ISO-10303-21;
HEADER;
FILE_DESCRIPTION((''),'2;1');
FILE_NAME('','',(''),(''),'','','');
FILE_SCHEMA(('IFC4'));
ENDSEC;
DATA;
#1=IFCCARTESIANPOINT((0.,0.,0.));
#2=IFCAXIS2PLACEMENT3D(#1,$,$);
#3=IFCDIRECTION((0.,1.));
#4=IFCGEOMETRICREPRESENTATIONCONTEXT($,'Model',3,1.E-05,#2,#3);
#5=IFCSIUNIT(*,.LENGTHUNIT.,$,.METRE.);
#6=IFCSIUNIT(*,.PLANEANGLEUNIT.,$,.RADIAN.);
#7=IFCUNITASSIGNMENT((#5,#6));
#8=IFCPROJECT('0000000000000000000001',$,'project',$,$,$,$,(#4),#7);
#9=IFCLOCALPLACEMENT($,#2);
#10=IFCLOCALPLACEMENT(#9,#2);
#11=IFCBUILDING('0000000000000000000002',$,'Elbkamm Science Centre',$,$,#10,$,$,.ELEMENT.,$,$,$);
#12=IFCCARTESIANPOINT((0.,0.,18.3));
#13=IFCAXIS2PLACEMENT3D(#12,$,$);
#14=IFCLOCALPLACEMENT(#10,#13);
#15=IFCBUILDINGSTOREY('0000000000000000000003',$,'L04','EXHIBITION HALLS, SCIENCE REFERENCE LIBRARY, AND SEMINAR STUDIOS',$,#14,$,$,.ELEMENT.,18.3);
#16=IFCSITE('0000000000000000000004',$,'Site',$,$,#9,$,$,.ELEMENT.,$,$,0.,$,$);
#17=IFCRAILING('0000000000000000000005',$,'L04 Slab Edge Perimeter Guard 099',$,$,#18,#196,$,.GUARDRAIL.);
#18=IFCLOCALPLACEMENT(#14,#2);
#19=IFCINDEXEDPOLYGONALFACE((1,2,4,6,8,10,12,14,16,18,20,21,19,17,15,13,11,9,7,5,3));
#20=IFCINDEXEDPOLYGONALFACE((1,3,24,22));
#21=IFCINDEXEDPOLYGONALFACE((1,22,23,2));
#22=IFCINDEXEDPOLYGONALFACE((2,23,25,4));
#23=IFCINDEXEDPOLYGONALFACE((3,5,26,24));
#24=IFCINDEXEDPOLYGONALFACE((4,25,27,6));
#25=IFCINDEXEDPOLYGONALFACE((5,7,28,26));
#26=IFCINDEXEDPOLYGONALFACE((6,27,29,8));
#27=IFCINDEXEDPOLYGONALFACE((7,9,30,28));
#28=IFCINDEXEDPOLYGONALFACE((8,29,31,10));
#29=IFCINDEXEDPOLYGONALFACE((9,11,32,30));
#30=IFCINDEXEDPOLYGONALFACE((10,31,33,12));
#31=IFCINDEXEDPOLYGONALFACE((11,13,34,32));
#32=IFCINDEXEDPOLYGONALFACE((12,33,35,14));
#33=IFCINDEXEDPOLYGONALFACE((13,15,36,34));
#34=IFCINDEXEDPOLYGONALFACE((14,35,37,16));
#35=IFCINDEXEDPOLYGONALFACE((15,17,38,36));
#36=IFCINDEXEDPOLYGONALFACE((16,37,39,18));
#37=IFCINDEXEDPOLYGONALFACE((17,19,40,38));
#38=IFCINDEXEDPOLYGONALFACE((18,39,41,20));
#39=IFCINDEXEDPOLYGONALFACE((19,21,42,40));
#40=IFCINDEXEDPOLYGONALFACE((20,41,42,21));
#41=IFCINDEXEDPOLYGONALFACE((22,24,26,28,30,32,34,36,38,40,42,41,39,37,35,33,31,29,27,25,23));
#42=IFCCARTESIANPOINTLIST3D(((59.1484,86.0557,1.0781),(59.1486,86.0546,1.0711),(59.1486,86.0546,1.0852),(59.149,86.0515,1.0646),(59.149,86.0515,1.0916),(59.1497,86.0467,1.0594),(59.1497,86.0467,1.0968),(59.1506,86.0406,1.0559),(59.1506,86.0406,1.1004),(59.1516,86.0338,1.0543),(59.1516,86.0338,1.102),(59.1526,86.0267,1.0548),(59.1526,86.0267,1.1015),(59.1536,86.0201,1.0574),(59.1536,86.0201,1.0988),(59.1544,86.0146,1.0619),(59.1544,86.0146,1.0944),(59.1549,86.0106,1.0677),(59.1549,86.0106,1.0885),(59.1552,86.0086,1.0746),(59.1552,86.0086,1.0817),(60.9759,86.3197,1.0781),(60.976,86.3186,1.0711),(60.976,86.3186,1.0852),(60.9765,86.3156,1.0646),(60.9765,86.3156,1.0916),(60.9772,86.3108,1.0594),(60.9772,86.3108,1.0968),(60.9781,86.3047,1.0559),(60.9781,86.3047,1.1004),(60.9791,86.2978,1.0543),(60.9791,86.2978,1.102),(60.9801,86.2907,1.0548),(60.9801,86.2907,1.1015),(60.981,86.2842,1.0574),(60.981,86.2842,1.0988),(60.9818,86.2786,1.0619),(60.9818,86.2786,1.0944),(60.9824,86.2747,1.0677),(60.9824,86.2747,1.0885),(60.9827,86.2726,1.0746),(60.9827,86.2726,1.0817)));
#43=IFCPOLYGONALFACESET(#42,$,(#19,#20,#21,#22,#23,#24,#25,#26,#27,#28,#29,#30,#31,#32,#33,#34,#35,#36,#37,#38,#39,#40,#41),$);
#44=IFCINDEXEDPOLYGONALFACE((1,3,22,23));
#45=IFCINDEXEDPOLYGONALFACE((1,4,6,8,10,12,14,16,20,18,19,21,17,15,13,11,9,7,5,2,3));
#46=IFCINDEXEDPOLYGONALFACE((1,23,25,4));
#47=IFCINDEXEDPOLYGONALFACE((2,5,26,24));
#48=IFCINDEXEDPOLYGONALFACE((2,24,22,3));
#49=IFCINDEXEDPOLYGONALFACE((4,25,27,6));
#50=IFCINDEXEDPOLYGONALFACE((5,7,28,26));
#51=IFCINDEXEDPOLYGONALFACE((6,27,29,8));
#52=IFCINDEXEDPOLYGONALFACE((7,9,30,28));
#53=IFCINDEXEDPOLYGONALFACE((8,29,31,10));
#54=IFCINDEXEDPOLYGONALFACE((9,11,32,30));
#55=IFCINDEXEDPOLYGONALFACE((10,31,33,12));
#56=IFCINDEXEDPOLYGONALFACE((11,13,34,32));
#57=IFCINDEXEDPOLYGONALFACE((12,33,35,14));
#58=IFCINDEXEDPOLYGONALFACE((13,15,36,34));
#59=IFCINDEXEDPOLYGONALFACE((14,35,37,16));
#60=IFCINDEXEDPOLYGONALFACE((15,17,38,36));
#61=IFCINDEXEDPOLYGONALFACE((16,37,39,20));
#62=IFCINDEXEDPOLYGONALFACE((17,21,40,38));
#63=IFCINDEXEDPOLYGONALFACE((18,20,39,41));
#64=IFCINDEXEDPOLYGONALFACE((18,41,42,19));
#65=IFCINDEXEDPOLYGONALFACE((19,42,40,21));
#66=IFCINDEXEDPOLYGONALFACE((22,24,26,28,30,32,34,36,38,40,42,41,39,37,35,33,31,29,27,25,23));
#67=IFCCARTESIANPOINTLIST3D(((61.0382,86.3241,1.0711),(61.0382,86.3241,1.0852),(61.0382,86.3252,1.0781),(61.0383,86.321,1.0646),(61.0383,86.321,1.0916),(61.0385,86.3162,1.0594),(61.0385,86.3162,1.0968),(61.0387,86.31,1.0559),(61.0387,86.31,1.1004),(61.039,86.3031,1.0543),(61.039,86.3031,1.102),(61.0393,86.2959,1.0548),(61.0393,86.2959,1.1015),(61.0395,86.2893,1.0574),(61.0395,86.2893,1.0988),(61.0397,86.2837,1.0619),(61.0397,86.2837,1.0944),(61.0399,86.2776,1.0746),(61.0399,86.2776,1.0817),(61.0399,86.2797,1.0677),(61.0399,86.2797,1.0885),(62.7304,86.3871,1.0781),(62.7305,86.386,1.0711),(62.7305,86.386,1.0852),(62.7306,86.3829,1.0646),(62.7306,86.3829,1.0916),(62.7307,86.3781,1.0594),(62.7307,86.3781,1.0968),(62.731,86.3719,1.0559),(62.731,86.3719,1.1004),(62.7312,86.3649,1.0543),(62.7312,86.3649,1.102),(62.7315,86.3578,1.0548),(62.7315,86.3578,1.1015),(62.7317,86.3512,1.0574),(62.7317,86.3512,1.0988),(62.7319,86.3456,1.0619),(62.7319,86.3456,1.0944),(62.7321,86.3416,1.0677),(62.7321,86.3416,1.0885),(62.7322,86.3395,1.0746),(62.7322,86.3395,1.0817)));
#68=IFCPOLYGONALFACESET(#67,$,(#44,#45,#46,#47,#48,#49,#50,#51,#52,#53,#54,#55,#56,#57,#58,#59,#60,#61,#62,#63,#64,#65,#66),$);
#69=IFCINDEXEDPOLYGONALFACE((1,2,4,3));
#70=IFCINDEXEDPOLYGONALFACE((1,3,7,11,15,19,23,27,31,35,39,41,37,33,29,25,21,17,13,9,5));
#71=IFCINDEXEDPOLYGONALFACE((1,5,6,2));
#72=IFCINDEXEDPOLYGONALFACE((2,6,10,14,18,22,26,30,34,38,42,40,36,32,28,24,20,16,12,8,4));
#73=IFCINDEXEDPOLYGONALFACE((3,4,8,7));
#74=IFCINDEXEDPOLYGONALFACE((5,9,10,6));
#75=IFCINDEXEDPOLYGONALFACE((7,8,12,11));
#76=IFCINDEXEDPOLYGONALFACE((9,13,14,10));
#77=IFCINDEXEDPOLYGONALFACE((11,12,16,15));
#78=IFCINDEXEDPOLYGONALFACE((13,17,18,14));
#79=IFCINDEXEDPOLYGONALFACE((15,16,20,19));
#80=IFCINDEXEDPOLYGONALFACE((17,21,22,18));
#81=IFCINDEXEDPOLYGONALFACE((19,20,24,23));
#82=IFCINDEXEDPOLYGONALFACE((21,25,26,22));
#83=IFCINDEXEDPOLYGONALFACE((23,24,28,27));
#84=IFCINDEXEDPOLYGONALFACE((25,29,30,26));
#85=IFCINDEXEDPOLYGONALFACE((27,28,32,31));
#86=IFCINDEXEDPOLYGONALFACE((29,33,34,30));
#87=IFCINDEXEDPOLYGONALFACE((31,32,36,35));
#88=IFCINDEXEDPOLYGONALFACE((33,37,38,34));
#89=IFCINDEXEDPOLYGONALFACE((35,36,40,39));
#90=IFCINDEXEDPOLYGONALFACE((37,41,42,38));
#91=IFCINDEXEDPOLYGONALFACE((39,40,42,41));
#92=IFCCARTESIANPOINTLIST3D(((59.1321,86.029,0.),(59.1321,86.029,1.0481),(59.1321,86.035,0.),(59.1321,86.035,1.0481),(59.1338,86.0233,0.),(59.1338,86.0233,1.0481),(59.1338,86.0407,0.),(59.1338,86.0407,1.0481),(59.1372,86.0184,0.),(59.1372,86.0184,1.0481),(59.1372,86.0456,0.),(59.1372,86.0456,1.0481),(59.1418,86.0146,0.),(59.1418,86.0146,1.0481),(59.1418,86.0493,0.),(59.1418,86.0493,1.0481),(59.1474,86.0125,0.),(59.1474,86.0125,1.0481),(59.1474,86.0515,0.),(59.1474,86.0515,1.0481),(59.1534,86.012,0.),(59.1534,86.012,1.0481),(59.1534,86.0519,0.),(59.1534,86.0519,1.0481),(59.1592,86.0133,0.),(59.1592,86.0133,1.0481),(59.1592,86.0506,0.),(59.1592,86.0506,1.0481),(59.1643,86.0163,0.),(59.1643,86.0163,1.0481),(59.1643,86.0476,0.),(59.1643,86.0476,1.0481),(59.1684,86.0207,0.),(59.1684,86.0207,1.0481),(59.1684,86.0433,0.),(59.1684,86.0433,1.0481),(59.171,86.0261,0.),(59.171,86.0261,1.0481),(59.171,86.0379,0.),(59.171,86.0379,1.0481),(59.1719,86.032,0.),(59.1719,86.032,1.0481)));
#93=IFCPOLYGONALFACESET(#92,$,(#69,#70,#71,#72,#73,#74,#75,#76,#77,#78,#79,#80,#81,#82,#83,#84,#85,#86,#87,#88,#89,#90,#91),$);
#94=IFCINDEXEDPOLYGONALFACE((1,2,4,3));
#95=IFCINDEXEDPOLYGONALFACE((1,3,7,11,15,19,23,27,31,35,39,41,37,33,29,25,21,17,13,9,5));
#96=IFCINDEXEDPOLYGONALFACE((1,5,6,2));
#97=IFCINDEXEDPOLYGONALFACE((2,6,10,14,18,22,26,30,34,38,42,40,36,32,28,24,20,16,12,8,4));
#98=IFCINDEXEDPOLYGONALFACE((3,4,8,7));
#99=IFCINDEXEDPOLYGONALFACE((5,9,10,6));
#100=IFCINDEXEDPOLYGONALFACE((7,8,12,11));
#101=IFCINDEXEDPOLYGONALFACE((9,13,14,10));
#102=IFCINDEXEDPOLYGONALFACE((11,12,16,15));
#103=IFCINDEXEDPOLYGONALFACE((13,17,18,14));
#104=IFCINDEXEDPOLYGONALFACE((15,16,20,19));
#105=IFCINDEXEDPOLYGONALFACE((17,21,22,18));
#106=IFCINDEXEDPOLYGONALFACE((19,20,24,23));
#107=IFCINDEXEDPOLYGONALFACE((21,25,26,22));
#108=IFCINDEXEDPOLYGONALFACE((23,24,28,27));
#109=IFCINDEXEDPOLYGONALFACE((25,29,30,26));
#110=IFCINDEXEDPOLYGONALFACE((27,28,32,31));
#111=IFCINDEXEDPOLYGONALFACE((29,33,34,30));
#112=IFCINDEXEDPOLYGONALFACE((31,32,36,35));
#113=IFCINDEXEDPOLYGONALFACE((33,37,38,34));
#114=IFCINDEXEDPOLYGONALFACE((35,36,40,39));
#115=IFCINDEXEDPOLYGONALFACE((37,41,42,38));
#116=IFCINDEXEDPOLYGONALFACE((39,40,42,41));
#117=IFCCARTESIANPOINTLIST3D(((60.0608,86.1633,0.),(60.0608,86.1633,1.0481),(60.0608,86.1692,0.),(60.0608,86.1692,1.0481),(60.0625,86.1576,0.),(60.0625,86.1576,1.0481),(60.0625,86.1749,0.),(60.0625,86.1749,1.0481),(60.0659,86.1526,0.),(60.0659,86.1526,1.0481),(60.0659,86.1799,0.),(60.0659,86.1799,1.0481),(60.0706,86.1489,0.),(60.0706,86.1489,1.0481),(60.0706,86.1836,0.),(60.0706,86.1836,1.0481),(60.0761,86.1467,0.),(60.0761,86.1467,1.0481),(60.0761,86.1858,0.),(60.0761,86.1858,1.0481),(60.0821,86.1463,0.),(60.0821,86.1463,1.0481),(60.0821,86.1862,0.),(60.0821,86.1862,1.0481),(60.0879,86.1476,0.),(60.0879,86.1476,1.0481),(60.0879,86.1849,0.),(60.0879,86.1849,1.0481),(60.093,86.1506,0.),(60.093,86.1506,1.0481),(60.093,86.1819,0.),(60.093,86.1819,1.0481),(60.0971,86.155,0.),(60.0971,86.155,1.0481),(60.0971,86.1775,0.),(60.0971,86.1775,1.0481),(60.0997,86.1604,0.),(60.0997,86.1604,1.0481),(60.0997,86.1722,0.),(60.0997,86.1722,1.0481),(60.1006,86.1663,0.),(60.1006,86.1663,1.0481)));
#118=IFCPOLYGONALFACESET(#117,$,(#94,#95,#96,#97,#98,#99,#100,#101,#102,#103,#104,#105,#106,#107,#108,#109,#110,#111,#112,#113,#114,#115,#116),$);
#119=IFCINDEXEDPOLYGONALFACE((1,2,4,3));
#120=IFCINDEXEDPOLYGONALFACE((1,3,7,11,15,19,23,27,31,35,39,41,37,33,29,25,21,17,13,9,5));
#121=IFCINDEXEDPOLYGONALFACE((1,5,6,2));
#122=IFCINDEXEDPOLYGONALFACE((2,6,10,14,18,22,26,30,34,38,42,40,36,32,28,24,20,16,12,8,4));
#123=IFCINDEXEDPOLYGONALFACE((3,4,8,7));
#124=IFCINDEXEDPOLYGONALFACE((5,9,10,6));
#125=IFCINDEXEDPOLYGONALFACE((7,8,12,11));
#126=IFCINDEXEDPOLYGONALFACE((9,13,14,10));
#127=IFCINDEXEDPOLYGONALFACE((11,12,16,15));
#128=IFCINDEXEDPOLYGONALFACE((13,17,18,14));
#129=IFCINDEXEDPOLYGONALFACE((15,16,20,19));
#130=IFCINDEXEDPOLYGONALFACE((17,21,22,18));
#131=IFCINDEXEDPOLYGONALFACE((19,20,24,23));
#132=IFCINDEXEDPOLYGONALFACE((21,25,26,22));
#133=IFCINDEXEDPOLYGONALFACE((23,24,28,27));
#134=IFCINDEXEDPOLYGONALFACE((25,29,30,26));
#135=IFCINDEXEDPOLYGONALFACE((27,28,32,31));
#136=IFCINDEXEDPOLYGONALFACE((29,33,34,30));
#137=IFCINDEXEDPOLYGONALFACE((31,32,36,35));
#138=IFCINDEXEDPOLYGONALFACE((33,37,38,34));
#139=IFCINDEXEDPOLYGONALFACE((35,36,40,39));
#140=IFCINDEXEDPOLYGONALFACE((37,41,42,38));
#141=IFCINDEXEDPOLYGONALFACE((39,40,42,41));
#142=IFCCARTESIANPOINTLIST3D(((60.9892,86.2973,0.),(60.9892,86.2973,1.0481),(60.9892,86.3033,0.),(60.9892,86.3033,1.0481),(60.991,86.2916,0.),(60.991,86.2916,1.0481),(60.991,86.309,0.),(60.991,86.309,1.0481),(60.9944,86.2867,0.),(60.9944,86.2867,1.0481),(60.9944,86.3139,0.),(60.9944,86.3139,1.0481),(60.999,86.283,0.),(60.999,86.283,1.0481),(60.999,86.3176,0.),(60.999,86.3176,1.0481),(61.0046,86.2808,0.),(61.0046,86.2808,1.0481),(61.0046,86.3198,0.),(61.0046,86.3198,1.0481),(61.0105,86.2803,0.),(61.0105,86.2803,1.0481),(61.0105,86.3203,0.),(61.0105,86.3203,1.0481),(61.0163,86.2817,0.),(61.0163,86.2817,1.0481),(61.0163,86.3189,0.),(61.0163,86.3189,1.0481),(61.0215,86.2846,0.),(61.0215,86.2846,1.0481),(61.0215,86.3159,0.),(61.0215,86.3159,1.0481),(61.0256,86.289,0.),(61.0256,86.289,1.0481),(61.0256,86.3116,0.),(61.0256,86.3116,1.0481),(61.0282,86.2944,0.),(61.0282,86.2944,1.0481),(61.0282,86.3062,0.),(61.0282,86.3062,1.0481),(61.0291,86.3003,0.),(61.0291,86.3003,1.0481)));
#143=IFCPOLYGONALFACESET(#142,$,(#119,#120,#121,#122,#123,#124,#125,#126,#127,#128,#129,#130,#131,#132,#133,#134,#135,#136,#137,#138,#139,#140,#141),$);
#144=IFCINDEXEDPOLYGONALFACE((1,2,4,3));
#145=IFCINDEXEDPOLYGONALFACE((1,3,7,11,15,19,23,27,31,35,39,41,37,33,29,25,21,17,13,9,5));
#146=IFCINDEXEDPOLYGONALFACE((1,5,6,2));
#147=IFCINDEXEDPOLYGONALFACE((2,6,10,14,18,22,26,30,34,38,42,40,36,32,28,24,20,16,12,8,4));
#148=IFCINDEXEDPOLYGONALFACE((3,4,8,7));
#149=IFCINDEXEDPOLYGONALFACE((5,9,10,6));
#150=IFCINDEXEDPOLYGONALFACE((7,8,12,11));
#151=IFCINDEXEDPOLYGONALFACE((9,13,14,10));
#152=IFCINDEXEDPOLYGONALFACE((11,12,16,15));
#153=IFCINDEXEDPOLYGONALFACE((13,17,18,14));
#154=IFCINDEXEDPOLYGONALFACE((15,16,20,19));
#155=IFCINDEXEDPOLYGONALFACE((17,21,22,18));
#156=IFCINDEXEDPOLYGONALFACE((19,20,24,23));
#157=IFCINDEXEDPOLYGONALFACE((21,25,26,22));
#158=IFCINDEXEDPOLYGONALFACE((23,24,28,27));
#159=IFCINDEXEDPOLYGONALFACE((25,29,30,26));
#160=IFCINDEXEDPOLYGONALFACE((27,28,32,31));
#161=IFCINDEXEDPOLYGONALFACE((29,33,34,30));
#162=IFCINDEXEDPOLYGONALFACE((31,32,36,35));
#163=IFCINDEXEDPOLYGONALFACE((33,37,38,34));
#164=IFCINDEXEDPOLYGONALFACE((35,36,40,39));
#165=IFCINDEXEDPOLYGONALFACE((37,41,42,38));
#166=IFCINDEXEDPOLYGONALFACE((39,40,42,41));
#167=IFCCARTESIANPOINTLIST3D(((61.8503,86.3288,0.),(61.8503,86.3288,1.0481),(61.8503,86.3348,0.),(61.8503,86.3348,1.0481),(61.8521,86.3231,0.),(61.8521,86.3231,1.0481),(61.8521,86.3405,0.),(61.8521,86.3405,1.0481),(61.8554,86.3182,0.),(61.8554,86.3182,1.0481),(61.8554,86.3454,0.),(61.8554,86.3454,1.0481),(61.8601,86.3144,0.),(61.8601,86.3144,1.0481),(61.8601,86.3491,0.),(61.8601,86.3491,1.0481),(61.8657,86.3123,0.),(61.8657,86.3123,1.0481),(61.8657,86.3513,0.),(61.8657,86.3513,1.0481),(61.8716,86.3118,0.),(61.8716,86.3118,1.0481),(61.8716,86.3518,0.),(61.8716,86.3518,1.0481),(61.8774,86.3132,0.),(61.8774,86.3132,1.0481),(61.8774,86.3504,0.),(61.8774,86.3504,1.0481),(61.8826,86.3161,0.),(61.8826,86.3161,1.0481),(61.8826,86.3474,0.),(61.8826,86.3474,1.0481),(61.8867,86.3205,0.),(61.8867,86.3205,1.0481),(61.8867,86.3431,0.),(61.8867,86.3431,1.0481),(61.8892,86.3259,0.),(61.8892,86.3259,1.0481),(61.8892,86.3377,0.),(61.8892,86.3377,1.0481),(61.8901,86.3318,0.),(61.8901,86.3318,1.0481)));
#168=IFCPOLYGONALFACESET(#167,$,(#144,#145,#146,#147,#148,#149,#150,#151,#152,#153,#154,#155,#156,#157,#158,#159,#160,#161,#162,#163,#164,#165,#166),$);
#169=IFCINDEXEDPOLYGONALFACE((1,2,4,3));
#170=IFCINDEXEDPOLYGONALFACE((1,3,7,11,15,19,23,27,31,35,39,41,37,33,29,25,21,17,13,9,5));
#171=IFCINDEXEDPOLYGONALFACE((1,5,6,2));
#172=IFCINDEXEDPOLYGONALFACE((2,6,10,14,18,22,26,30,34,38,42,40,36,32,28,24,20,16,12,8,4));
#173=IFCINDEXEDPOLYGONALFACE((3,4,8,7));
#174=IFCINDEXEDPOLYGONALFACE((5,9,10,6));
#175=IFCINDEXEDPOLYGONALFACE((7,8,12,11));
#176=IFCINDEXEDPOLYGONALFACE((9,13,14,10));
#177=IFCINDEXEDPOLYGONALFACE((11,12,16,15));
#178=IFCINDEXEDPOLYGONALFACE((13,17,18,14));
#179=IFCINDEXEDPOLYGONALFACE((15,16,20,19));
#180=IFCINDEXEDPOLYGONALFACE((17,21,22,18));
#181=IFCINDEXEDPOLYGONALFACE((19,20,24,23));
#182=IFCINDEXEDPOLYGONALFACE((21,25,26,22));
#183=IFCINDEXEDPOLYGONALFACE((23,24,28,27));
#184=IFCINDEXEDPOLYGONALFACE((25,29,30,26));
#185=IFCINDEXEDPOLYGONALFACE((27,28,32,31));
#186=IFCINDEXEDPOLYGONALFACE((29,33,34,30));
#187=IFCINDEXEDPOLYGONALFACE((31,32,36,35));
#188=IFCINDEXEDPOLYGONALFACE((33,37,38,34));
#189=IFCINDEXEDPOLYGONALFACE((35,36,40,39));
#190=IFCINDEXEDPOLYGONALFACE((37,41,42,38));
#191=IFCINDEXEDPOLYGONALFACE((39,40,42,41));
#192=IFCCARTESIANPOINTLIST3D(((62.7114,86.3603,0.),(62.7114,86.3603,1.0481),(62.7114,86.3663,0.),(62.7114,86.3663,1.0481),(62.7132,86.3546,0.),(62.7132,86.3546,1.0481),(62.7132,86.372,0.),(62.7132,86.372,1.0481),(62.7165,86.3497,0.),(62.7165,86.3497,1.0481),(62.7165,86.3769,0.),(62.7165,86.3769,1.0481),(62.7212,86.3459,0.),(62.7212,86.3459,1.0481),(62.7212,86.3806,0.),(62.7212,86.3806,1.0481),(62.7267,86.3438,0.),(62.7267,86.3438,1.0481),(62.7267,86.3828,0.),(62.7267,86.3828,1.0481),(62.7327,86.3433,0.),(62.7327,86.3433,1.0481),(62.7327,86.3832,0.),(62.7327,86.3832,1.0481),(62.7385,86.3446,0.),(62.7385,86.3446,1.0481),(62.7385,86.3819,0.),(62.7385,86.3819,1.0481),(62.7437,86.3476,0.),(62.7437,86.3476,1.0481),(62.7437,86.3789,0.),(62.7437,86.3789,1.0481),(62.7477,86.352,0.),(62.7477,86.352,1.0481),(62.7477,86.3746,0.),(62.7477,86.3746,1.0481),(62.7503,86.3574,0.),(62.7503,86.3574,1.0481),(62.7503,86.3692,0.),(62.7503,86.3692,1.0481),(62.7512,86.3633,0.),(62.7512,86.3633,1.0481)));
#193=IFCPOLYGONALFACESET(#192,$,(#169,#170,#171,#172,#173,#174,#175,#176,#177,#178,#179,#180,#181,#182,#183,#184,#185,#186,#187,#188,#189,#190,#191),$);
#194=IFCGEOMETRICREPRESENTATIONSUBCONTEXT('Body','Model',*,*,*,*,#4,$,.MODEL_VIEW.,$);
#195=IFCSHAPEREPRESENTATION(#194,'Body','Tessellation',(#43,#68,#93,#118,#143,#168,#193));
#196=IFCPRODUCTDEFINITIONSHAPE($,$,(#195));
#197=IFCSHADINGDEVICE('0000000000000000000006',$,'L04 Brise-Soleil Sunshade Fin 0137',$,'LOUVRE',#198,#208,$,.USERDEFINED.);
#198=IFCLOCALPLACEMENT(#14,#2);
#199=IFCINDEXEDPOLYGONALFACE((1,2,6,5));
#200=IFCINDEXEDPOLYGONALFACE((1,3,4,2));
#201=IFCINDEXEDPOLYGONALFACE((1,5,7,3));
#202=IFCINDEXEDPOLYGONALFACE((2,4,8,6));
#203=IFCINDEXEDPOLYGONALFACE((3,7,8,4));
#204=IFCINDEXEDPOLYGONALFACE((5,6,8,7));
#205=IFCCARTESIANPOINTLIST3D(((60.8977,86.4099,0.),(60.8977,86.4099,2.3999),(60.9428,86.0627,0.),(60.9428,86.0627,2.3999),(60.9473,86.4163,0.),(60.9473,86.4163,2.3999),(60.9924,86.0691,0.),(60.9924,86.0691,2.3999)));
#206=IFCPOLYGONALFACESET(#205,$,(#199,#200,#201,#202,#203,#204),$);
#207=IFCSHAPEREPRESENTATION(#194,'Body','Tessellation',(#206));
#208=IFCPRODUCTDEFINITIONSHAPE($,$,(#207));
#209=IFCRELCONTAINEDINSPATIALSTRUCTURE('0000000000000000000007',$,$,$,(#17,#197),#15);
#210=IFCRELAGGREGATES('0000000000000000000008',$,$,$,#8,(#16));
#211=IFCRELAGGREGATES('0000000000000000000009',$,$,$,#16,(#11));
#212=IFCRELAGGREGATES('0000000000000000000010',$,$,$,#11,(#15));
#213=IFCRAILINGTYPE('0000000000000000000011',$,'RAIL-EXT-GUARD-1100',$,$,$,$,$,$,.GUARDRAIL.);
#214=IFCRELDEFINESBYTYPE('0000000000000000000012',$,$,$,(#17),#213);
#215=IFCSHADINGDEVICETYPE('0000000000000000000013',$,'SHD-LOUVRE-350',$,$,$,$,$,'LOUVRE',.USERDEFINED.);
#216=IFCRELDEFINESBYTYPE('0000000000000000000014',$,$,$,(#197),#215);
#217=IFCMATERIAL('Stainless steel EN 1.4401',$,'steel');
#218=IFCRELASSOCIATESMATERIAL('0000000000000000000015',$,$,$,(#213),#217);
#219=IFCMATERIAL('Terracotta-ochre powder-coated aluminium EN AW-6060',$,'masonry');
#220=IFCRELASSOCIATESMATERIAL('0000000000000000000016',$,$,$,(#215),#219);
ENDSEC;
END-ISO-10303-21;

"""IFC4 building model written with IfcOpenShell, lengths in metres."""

from ifc_helpers import new_model, si_unit, direction, frame, origin, origin_2d, place, context, subcontext, project, spatial, rectangle, circle, extrude, material, type_object, element, save


model = new_model("IFC4")

# Units and contexts
model_context = context("Model", 3, precision=1e-05, world=origin(), true_north=direction((0.0, 1.0)))
body_context = subcontext(model_context, "Body", "Model", "MODEL_VIEW")
ifc_project = project(units=[si_unit("LENGTHUNIT", "METRE"), si_unit("PLANEANGLEUNIT", "RADIAN")], contexts=[model_context])

# Site, building, storey
site_placement = place(None, origin())
site = spatial("IfcSite", under=ifc_project, at=site_placement, Name="Site", CompositionType="ELEMENT", RefElevation=0.0)
building_placement = place(site_placement, origin())
building = spatial("IfcBuilding", under=site, at=building_placement, Name="Elbkamm Science Centre", CompositionType="ELEMENT")
storey_placement = place(building_placement, frame((0.0, 0.0, 18.3)))
storey = spatial("IfcBuildingStorey", under=building, at=storey_placement, Name="L04", Description="EXHIBITION HALLS, SCIENCE REFERENCE LIBRARY, AND SEMINAR STUDIOS", CompositionType="ELEMENT", Elevation=18.3)

# Railing
ifc_material_1 = material(Name="Stainless steel EN 1.4401", Category="steel")
railing_type = type_object("IfcRailingType", Name="RAIL-EXT-GUARD-1100", PredefinedType="GUARDRAIL", material=ifc_material_1)
railing_1_placement = place(storey_placement, frame((59.1519, 86.032, 0.0)))
element("IfcRailing", 1, at=railing_1_placement, inside=storey, type_object=railing_type, Name="L04 Slab Edge Perimeter Guard 099", PredefinedType="GUARDRAIL", context=body_context, shape_type="SweptSolid", body=[
    extrude(circle(Radius=0.0239, at=origin_2d()), frame((0.0, 0.0, 1.0781), z_axis=(0.989724, 0.142988, 0.0), x_axis=(-0.142988, 0.989724, 0.0)), (0.0, 0.0, 1.0), 1.8464),
    extrude(circle(Radius=0.0239, at=origin_2d()), frame((1.8872, 0.2693, 1.0781), z_axis=(0.999332, 0.036551, 0.0), x_axis=(-0.036551, 0.999332, 0.0)), (0.0, 0.0, 1.0), 1.6934),
    extrude(circle(Radius=0.02, at=origin_2d()), origin(), (0.0, 0.0, 1.0), 1.0481),
    extrude(circle(Radius=0.02, at=origin_2d()), frame((0.9287, 0.1343, 0.0)), (0.0, 0.0, 1.0), 1.0481),
    extrude(circle(Radius=0.02, at=origin_2d()), frame((1.8572, 0.2683, 0.0)), (0.0, 0.0, 1.0), 1.0481),
    extrude(circle(Radius=0.02, at=origin_2d()), frame((2.7183, 0.2998, 0.0)), (0.0, 0.0, 1.0), 1.0481),
    extrude(circle(Radius=0.02, at=origin_2d()), frame((3.5793, 0.3313, 0.0)), (0.0, 0.0, 1.0), 1.0481),
])

# Shading device
ifc_material_2 = material(Name="Terracotta-ochre powder-coated aluminium EN AW-6060", Category="masonry")
shading_device_type = type_object("IfcShadingDeviceType", Name="SHD-LOUVRE-350", ElementType="LOUVRE", PredefinedType="USERDEFINED", material=ifc_material_2)
for number, where, z_axis, x_axis, name in (
    (2, (60.9451, 86.2395, 0.0), (0.0, 0.0, 1.0), (-0.128749, 0.991677, 0.0), "L04 Brise-Soleil Sunshade Fin 0137"),
):
    element("IfcShadingDevice", number, at=place(storey_placement, frame(where, z_axis=z_axis, x_axis=x_axis)), inside=storey, type_object=shading_device_type, Name=name, ObjectType="LOUVRE", PredefinedType="USERDEFINED", context=body_context, shape_type="SweptSolid", body=[
        extrude(rectangle(XDim=0.3501, YDim=0.05, at=origin_2d()), origin(), (0.0, 0.0, 1.0), 2.3999),
    ])

save(model, "model.ifc")
